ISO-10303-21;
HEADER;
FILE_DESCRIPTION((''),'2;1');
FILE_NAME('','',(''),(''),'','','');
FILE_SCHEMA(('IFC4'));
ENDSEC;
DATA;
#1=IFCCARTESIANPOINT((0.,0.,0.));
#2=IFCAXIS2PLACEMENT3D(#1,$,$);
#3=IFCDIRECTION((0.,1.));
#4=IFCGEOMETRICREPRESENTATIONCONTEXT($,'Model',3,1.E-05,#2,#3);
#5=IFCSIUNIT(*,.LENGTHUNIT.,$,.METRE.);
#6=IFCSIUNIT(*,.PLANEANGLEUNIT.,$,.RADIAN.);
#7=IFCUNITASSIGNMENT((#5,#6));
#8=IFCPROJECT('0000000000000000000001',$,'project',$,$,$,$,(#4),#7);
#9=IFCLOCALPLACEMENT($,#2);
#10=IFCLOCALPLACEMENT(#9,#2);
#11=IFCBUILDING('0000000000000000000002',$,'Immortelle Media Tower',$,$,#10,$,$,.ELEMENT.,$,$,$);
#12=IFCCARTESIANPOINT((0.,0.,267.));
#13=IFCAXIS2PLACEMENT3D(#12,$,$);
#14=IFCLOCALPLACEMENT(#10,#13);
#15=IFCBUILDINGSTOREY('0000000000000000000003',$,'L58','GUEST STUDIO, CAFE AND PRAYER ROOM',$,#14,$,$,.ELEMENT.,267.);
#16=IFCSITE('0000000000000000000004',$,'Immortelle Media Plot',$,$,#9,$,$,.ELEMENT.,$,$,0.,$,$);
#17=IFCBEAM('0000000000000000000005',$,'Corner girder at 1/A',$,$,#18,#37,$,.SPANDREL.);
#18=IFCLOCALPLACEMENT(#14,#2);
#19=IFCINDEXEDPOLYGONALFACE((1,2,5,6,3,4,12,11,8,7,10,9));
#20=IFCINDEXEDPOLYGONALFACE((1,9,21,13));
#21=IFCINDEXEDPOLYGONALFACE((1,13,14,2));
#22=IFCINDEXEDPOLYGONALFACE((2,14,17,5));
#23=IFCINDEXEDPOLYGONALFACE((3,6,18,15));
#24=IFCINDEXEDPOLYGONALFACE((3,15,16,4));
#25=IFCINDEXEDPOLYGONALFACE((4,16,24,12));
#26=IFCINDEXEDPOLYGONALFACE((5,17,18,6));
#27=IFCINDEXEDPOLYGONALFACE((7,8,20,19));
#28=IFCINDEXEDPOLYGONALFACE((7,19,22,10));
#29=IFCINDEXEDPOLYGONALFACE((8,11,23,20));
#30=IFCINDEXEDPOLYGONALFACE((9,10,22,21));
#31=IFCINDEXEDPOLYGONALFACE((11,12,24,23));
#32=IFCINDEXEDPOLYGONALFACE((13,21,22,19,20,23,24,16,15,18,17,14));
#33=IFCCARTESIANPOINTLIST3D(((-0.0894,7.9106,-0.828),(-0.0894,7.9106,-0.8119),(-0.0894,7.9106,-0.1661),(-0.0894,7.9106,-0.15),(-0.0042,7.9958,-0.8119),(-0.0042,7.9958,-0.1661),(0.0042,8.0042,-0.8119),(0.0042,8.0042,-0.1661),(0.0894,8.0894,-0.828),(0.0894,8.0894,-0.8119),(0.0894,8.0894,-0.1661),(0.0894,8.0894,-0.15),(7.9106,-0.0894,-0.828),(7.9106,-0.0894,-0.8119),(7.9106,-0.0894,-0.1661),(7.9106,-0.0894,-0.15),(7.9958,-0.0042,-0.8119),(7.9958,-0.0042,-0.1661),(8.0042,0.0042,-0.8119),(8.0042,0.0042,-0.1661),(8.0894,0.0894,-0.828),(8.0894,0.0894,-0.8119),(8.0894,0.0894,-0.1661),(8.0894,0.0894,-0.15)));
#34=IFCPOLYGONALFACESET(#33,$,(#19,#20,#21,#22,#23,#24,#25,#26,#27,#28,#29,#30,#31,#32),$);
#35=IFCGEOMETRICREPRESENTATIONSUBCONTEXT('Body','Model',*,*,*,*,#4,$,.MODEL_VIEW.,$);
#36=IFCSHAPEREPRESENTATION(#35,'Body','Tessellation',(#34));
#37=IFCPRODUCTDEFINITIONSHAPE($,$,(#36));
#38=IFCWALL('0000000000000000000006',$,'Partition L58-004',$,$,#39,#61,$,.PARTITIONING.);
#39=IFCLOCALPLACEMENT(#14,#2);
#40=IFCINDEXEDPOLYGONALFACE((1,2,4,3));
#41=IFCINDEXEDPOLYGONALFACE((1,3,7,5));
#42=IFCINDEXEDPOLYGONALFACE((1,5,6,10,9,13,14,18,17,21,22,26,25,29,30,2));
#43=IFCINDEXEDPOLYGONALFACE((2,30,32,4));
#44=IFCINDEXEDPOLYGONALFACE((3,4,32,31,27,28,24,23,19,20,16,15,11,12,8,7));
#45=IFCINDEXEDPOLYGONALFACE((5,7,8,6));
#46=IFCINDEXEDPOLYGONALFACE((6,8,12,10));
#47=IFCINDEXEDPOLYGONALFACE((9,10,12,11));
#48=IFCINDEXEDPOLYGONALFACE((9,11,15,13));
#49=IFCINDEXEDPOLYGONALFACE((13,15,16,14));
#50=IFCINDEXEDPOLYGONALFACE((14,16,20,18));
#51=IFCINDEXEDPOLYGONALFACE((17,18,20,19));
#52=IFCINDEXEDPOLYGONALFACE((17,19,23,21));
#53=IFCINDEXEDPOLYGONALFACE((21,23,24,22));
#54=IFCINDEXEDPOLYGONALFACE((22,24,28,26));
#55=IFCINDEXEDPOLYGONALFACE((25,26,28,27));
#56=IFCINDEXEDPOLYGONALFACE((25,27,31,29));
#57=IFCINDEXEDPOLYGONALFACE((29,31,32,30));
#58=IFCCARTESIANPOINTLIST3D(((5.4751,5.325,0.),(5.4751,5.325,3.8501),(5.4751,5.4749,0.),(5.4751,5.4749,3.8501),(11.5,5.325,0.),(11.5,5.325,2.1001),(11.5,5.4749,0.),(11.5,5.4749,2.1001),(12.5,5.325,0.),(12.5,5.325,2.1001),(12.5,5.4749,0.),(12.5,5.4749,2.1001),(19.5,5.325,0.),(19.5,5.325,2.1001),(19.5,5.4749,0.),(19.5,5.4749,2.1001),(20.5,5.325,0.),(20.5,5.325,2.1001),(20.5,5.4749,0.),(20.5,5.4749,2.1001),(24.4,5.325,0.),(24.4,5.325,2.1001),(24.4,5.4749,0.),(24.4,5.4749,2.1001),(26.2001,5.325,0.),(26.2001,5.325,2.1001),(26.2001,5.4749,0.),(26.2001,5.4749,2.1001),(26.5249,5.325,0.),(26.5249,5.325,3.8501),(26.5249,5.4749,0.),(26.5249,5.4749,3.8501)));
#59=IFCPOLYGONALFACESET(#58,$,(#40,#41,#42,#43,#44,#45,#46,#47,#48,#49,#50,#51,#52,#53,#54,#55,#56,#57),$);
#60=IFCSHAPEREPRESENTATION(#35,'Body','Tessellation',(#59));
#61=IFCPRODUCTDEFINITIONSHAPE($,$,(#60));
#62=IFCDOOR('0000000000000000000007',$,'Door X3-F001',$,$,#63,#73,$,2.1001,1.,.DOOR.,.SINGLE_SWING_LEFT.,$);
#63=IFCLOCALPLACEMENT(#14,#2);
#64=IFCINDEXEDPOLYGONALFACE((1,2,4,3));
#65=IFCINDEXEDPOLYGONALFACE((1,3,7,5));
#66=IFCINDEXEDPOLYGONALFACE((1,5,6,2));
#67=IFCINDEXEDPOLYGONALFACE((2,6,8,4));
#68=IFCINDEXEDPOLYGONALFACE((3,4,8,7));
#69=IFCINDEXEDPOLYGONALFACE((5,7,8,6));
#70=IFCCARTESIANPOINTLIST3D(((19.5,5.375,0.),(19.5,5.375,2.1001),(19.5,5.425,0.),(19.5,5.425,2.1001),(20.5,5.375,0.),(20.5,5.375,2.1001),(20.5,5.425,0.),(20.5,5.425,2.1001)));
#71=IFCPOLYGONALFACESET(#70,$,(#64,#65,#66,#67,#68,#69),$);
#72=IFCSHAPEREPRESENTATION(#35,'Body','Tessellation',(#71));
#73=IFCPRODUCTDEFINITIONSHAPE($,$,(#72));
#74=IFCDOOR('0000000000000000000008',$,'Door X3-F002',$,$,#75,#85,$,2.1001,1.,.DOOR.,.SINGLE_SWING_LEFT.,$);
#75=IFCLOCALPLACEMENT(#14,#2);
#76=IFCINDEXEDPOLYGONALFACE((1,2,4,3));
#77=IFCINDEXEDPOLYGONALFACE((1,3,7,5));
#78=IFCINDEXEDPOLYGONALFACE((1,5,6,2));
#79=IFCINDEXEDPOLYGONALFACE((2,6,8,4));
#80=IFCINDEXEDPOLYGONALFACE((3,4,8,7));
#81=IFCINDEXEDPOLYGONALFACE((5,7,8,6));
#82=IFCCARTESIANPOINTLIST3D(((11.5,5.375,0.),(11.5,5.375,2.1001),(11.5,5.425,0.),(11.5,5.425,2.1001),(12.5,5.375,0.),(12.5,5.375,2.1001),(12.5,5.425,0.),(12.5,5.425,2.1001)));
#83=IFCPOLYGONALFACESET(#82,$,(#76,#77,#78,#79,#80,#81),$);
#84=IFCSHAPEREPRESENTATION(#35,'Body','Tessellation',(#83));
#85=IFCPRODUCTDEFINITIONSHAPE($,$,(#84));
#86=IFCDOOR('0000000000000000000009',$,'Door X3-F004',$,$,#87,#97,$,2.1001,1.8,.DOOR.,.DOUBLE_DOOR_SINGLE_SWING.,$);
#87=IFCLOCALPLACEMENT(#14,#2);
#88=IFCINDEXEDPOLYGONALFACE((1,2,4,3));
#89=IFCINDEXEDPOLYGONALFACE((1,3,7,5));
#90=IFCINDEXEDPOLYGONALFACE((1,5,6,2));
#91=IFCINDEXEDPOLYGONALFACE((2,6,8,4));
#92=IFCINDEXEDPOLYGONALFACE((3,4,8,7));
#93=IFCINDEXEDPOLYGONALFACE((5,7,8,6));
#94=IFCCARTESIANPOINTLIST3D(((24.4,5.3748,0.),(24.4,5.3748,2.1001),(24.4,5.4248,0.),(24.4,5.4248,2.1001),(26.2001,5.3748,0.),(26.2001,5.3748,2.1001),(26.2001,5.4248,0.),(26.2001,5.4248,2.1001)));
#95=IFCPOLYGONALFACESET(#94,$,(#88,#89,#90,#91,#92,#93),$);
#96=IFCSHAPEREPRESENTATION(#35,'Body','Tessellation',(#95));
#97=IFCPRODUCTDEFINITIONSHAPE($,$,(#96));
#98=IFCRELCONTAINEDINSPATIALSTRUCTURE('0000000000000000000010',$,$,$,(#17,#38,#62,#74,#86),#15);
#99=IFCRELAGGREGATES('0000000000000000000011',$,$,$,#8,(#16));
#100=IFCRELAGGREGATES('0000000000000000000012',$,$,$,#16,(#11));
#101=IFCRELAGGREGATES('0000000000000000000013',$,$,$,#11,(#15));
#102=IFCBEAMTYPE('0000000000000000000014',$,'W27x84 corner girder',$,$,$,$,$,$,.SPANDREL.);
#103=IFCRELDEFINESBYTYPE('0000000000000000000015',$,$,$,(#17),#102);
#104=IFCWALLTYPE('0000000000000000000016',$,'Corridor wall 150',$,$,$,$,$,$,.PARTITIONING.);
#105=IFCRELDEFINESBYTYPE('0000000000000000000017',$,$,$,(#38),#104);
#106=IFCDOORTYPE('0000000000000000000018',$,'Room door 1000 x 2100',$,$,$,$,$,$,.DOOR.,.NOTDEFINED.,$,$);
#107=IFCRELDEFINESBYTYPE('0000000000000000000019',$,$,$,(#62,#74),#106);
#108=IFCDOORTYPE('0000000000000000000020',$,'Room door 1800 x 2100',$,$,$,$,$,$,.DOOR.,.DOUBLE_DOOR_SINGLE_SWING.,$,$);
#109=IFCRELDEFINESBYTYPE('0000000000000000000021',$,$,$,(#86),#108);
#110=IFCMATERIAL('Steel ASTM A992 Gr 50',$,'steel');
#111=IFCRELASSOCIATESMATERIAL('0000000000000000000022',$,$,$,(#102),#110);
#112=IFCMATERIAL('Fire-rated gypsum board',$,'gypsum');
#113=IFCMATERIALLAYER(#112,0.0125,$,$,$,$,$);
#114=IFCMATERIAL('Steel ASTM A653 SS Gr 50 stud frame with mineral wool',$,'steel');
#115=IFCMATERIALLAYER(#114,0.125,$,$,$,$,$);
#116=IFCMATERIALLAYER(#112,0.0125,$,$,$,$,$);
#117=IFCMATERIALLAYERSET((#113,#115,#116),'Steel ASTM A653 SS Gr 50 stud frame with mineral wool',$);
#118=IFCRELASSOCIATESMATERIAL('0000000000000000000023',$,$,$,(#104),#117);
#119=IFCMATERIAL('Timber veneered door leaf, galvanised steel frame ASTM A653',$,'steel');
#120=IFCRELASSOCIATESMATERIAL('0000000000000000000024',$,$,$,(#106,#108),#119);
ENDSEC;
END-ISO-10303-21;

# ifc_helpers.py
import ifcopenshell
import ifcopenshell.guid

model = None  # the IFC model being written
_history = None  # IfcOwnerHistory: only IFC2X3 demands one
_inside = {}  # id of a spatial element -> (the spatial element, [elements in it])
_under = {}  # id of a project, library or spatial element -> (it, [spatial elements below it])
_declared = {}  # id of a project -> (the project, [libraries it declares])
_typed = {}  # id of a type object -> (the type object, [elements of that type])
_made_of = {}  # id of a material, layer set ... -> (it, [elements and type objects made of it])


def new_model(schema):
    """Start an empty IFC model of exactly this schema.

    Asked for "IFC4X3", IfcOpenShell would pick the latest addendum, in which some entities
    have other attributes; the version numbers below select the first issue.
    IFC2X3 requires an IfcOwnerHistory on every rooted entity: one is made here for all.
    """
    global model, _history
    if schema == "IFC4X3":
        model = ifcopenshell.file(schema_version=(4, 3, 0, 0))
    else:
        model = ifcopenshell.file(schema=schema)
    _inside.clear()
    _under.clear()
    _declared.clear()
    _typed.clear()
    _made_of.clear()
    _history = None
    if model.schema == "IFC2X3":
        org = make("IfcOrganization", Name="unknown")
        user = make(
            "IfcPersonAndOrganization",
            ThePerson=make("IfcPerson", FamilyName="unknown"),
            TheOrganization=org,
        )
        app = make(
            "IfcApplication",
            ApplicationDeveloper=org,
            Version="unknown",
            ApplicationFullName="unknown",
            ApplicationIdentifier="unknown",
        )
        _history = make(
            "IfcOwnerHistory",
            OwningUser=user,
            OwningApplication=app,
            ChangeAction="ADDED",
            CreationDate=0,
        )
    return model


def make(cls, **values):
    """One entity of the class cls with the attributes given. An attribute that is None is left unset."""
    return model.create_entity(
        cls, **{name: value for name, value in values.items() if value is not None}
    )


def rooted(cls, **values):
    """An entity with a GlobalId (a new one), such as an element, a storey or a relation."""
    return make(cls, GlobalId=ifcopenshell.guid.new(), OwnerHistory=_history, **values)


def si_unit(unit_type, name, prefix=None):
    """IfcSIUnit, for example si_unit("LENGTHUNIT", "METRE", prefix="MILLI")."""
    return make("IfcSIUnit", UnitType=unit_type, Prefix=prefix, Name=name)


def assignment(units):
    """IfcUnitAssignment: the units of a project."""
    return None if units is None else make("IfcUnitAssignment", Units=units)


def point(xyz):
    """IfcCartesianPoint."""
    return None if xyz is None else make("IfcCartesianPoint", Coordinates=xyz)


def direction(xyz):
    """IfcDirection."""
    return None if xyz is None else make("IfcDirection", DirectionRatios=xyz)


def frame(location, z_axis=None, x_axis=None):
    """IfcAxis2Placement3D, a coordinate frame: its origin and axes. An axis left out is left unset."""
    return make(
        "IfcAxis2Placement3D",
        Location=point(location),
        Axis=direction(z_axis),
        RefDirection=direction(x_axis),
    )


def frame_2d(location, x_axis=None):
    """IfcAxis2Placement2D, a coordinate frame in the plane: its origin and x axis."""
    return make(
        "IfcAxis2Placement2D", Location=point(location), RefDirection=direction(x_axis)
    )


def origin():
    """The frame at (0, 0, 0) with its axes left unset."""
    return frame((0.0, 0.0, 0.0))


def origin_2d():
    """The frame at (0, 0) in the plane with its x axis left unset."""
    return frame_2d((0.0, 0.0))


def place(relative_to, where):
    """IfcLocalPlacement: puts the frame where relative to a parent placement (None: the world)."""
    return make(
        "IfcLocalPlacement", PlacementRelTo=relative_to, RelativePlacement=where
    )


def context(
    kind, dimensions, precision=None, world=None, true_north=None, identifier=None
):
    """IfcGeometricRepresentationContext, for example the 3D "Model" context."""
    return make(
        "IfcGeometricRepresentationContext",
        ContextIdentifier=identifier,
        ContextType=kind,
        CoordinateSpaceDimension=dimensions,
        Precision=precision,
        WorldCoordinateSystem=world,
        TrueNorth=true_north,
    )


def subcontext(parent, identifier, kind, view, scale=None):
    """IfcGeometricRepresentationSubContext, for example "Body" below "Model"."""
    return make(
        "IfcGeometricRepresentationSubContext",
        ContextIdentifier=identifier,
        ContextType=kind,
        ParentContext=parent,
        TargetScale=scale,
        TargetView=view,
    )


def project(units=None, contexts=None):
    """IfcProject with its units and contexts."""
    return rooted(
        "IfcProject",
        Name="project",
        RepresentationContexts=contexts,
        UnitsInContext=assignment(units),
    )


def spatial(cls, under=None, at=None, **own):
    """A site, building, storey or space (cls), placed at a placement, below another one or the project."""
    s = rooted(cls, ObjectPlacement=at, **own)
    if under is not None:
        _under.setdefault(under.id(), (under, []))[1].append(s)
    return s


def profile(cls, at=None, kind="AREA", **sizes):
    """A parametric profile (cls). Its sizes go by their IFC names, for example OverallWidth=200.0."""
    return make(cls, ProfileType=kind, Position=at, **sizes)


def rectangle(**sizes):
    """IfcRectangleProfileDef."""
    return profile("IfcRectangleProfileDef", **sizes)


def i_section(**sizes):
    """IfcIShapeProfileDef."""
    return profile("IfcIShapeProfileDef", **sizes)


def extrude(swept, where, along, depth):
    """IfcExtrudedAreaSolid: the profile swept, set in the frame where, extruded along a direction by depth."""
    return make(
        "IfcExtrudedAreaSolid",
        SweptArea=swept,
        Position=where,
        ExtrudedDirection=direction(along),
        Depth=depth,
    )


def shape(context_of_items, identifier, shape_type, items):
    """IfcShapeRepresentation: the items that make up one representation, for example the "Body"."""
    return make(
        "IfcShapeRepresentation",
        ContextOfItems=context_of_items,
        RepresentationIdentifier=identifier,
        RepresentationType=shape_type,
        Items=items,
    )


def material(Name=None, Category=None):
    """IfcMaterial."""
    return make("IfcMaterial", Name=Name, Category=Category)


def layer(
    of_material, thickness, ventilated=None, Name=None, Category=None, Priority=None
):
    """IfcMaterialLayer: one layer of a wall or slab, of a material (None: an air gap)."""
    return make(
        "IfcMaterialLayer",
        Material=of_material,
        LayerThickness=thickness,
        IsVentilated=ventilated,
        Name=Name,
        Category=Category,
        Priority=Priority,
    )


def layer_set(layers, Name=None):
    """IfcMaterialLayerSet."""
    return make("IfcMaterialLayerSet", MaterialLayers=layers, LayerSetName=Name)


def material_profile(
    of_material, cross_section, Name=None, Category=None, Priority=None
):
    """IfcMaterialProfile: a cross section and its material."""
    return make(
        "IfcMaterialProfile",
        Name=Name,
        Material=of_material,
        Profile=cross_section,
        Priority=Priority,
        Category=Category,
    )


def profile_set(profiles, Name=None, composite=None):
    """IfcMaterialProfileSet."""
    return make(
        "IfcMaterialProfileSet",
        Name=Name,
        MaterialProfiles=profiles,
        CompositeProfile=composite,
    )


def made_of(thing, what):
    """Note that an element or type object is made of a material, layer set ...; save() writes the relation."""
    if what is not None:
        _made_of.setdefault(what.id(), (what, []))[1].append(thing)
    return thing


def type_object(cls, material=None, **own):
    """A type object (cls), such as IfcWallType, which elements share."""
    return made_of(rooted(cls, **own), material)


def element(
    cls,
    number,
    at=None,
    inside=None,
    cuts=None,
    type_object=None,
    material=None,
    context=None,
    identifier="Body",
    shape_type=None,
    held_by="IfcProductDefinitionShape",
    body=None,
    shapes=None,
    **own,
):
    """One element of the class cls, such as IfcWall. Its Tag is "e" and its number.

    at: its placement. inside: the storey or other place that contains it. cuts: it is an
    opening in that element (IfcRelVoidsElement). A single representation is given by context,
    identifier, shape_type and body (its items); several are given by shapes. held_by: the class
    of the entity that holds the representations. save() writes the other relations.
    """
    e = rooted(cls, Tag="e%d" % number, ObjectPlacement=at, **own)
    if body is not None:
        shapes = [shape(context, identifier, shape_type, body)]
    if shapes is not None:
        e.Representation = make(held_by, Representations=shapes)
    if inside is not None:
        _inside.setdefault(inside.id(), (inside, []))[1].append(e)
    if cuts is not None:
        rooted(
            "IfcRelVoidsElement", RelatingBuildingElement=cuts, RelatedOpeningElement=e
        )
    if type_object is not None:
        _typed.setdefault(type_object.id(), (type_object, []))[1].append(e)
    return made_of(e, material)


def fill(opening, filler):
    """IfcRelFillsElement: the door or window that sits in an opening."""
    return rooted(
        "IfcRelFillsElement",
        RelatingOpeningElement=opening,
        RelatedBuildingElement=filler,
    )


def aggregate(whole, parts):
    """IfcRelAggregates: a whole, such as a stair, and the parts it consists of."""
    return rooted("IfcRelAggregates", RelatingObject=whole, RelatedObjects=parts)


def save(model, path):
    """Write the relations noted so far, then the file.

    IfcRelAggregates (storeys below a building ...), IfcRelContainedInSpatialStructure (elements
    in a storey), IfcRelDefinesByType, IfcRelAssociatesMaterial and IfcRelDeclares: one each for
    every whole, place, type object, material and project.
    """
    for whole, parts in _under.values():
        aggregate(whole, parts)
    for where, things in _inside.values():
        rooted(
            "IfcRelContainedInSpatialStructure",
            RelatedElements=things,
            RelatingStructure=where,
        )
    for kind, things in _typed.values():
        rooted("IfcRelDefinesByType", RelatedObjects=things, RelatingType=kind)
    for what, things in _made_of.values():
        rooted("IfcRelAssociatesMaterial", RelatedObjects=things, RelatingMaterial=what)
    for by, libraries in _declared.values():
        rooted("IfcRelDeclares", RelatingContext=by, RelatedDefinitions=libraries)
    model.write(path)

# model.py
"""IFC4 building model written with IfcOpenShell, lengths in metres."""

from ifc_helpers import new_model, si_unit, direction, frame, frame_2d, origin, origin_2d, place, context, subcontext, project, spatial, rectangle, i_section, extrude, material, layer, layer_set, material_profile, profile_set, type_object, element, fill, save


model = new_model("IFC4")

# Units and contexts
model_context = context("Model", 3, precision=1e-05, world=origin(), true_north=direction((0.0, 1.0)))
body_context = subcontext(model_context, "Body", "Model", "MODEL_VIEW")
ifc_project = project(units=[si_unit("LENGTHUNIT", "METRE"), si_unit("PLANEANGLEUNIT", "RADIAN")], contexts=[model_context])

# Site, building, storey
site_placement = place(None, origin())
site = spatial("IfcSite", under=ifc_project, at=site_placement, Name="Immortelle Media Plot", CompositionType="ELEMENT", RefElevation=0.0)
building_placement = place(site_placement, origin())
building = spatial("IfcBuilding", under=site, at=building_placement, Name="Immortelle Media Tower", CompositionType="ELEMENT")
storey_placement = place(building_placement, frame((0.0, 0.0, 267.0)))
storey = spatial("IfcBuildingStorey", under=building, at=storey_placement, Name="L58", Description="GUEST STUDIO, CAFE AND PRAYER ROOM", CompositionType="ELEMENT", Elevation=267.0)

# Shared definitions
ifc_material_1 = material(Name="Steel ASTM A992 Gr 50", Category="steel")

# Beam
ifc_material_profile_1 = material_profile(ifc_material_1, i_section(OverallWidth=0.2529, OverallDepth=0.678, WebThickness=0.012, FlangeThickness=0.0161, at=origin_2d()), Name="W27x84")
ifc_profile_set_1 = profile_set([ifc_material_profile_1], Name="Steel ASTM A992 Gr 50")
beam_type_1 = type_object("IfcBeamType", Name="W27x84 corner girder", PredefinedType="SPANDREL", material=ifc_profile_set_1)
beam_1_placement = place(storey_placement, frame((8.0, 0.0, -0.489), z_axis=(-0.707107, 0.707107, 0.0), x_axis=(-0.707107, -0.707107, 0.0)))
element("IfcBeam", 1, at=beam_1_placement, inside=storey, type_object=beam_type_1, Name="Corner girder at 1/A", PredefinedType="SPANDREL", context=body_context, shape_type="SweptSolid", body=[
    extrude(i_section(OverallWidth=0.2529, OverallDepth=0.678, WebThickness=0.012, FlangeThickness=0.0161, at=origin_2d()), origin(), (0.0, 0.0, 1.0), 11.3137),
])

# Wall, openings, doors
ifc_material_2 = material(Name="Fire-rated gypsum board", Category="gypsum")
ifc_layer_1 = layer(ifc_material_2, 0.0125)
ifc_material_3 = material(Name="Steel ASTM A653 SS Gr 50 stud frame with mineral wool", Category="steel")
ifc_layer_2 = layer(ifc_material_3, 0.125)
ifc_layer_3 = layer(ifc_material_2, 0.0125)
ifc_layer_set_1 = layer_set([ifc_layer_1, ifc_layer_2, ifc_layer_3], Name="Steel ASTM A653 SS Gr 50 stud frame with mineral wool")
wall_type_1 = type_object("IfcWallType", Name="Corridor wall 150", PredefinedType="PARTITIONING", material=ifc_layer_set_1)
wall_1_placement = place(storey_placement, frame((5.4751, 5.3999, 0.0), z_axis=(0.0, 0.0, 1.0), x_axis=(1.0, 0.0, 0.0)))
wall_1 = element("IfcWall", 2, at=wall_1_placement, inside=storey, type_object=wall_type_1, Name="Partition L58-004", PredefinedType="PARTITIONING", context=body_context, shape_type="SweptSolid", body=[
    extrude(rectangle(XDim=21.0498, YDim=0.1499, at=frame_2d((10.5249, 0.0))), origin(), (0.0, 0.0, 1.0), 3.8501),
])
opening_1_placement = place(wall_1_placement, frame((15.0249, 0.0, 0.0), z_axis=(0.0, 0.0, 1.0), x_axis=(-1.0, 0.0, 0.0)))
opening_1 = element("IfcOpeningElement", 3, at=opening_1_placement, cuts=wall_1, PredefinedType="OPENING", context=body_context, shape_type="SweptSolid", body=[
    extrude(rectangle(XDim=1.0, YDim=2.1001, at=frame_2d((0.5, 1.05))), frame((0.0, 0.085, 0.0), z_axis=(0.0, -1.0, 0.0), x_axis=(1.0, 0.0, 0.0)), (0.0, 0.0, 1.0), 0.1699),
])
opening_2_placement = place(wall_1_placement, frame((7.0249, 0.0, 0.0), z_axis=(0.0, 0.0, 1.0), x_axis=(-1.0, 0.0, 0.0)))
opening_2 = element("IfcOpeningElement", 4, at=opening_2_placement, cuts=wall_1, PredefinedType="OPENING", context=body_context, shape_type="SweptSolid", body=[
    extrude(rectangle(XDim=1.0, YDim=2.1001, at=frame_2d((0.5, 1.05))), frame((0.0, 0.085, 0.0), z_axis=(0.0, -1.0, 0.0), x_axis=(1.0, 0.0, 0.0)), (0.0, 0.0, 1.0), 0.1699),
])
opening_3_placement = place(wall_1_placement, frame((18.925, 0.0, 0.0)))
opening_3 = element("IfcOpeningElement", 5, at=opening_3_placement, cuts=wall_1, PredefinedType="OPENING", context=body_context, shape_type="SweptSolid", body=[
    extrude(rectangle(XDim=1.8, YDim=2.1001, at=frame_2d((0.8999, 1.05))), frame((0.0, 0.085, 0.0), z_axis=(0.0, -1.0, 0.0), x_axis=(1.0, 0.0, 0.0)), (0.0, 0.0, 1.0), 0.1699),
])
ifc_material_4 = material(Name="Timber veneered door leaf, galvanised steel frame ASTM A653", Category="steel")
door_type_1 = type_object("IfcDoorType", Name="Room door 1000 x 2100", OperationType="NOTDEFINED", PredefinedType="DOOR", material=ifc_material_4)
door_1_placement = place(opening_1_placement, origin())
door_1 = element("IfcDoor", 6, at=door_1_placement, inside=storey, type_object=door_type_1, Name="Door X3-F001", OperationType="SINGLE_SWING_LEFT", OverallHeight=2.1001, OverallWidth=1.0, PredefinedType="DOOR", context=body_context, shape_type="SweptSolid", body=[
    extrude(rectangle(XDim=1.0, YDim=2.1001, at=frame_2d((0.5, 1.05))), frame((0.0, 0.0249, 0.0), z_axis=(0.0, -1.0, 0.0), x_axis=(1.0, 0.0, 0.0)), (0.0, 0.0, 1.0), 0.05),
])
fill(opening_1, door_1)
door_2_placement = place(opening_2_placement, origin())
door_2 = element("IfcDoor", 7, at=door_2_placement, inside=storey, type_object=door_type_1, Name="Door X3-F002", OperationType="SINGLE_SWING_LEFT", OverallHeight=2.1001, OverallWidth=1.0, PredefinedType="DOOR", context=body_context, shape_type="SweptSolid", body=[
    extrude(rectangle(XDim=1.0, YDim=2.1001, at=frame_2d((0.5, 1.05))), frame((0.0, 0.0249, 0.0), z_axis=(0.0, -1.0, 0.0), x_axis=(1.0, 0.0, 0.0)), (0.0, 0.0, 1.0), 0.05),
])
fill(opening_2, door_2)
door_type_2 = type_object("IfcDoorType", Name="Room door 1800 x 2100", OperationType="DOUBLE_DOOR_SINGLE_SWING", PredefinedType="DOOR", material=ifc_material_4)
door_3_placement = place(opening_3_placement, origin())
door_3 = element("IfcDoor", 8, at=door_3_placement, inside=storey, type_object=door_type_2, Name="Door X3-F004", OperationType="DOUBLE_DOOR_SINGLE_SWING", OverallHeight=2.1001, OverallWidth=1.8, PredefinedType="DOOR", context=body_context, shape_type="SweptSolid", body=[
    extrude(rectangle(XDim=1.8, YDim=2.1001, at=frame_2d((0.8999, 1.05))), frame((0.0, 0.0249, 0.0), z_axis=(0.0, -1.0, 0.0), x_axis=(1.0, 0.0, 0.0)), (0.0, 0.0, 1.0), 0.05),
])
fill(opening_3, door_3)

save(model, "model.ifc")
